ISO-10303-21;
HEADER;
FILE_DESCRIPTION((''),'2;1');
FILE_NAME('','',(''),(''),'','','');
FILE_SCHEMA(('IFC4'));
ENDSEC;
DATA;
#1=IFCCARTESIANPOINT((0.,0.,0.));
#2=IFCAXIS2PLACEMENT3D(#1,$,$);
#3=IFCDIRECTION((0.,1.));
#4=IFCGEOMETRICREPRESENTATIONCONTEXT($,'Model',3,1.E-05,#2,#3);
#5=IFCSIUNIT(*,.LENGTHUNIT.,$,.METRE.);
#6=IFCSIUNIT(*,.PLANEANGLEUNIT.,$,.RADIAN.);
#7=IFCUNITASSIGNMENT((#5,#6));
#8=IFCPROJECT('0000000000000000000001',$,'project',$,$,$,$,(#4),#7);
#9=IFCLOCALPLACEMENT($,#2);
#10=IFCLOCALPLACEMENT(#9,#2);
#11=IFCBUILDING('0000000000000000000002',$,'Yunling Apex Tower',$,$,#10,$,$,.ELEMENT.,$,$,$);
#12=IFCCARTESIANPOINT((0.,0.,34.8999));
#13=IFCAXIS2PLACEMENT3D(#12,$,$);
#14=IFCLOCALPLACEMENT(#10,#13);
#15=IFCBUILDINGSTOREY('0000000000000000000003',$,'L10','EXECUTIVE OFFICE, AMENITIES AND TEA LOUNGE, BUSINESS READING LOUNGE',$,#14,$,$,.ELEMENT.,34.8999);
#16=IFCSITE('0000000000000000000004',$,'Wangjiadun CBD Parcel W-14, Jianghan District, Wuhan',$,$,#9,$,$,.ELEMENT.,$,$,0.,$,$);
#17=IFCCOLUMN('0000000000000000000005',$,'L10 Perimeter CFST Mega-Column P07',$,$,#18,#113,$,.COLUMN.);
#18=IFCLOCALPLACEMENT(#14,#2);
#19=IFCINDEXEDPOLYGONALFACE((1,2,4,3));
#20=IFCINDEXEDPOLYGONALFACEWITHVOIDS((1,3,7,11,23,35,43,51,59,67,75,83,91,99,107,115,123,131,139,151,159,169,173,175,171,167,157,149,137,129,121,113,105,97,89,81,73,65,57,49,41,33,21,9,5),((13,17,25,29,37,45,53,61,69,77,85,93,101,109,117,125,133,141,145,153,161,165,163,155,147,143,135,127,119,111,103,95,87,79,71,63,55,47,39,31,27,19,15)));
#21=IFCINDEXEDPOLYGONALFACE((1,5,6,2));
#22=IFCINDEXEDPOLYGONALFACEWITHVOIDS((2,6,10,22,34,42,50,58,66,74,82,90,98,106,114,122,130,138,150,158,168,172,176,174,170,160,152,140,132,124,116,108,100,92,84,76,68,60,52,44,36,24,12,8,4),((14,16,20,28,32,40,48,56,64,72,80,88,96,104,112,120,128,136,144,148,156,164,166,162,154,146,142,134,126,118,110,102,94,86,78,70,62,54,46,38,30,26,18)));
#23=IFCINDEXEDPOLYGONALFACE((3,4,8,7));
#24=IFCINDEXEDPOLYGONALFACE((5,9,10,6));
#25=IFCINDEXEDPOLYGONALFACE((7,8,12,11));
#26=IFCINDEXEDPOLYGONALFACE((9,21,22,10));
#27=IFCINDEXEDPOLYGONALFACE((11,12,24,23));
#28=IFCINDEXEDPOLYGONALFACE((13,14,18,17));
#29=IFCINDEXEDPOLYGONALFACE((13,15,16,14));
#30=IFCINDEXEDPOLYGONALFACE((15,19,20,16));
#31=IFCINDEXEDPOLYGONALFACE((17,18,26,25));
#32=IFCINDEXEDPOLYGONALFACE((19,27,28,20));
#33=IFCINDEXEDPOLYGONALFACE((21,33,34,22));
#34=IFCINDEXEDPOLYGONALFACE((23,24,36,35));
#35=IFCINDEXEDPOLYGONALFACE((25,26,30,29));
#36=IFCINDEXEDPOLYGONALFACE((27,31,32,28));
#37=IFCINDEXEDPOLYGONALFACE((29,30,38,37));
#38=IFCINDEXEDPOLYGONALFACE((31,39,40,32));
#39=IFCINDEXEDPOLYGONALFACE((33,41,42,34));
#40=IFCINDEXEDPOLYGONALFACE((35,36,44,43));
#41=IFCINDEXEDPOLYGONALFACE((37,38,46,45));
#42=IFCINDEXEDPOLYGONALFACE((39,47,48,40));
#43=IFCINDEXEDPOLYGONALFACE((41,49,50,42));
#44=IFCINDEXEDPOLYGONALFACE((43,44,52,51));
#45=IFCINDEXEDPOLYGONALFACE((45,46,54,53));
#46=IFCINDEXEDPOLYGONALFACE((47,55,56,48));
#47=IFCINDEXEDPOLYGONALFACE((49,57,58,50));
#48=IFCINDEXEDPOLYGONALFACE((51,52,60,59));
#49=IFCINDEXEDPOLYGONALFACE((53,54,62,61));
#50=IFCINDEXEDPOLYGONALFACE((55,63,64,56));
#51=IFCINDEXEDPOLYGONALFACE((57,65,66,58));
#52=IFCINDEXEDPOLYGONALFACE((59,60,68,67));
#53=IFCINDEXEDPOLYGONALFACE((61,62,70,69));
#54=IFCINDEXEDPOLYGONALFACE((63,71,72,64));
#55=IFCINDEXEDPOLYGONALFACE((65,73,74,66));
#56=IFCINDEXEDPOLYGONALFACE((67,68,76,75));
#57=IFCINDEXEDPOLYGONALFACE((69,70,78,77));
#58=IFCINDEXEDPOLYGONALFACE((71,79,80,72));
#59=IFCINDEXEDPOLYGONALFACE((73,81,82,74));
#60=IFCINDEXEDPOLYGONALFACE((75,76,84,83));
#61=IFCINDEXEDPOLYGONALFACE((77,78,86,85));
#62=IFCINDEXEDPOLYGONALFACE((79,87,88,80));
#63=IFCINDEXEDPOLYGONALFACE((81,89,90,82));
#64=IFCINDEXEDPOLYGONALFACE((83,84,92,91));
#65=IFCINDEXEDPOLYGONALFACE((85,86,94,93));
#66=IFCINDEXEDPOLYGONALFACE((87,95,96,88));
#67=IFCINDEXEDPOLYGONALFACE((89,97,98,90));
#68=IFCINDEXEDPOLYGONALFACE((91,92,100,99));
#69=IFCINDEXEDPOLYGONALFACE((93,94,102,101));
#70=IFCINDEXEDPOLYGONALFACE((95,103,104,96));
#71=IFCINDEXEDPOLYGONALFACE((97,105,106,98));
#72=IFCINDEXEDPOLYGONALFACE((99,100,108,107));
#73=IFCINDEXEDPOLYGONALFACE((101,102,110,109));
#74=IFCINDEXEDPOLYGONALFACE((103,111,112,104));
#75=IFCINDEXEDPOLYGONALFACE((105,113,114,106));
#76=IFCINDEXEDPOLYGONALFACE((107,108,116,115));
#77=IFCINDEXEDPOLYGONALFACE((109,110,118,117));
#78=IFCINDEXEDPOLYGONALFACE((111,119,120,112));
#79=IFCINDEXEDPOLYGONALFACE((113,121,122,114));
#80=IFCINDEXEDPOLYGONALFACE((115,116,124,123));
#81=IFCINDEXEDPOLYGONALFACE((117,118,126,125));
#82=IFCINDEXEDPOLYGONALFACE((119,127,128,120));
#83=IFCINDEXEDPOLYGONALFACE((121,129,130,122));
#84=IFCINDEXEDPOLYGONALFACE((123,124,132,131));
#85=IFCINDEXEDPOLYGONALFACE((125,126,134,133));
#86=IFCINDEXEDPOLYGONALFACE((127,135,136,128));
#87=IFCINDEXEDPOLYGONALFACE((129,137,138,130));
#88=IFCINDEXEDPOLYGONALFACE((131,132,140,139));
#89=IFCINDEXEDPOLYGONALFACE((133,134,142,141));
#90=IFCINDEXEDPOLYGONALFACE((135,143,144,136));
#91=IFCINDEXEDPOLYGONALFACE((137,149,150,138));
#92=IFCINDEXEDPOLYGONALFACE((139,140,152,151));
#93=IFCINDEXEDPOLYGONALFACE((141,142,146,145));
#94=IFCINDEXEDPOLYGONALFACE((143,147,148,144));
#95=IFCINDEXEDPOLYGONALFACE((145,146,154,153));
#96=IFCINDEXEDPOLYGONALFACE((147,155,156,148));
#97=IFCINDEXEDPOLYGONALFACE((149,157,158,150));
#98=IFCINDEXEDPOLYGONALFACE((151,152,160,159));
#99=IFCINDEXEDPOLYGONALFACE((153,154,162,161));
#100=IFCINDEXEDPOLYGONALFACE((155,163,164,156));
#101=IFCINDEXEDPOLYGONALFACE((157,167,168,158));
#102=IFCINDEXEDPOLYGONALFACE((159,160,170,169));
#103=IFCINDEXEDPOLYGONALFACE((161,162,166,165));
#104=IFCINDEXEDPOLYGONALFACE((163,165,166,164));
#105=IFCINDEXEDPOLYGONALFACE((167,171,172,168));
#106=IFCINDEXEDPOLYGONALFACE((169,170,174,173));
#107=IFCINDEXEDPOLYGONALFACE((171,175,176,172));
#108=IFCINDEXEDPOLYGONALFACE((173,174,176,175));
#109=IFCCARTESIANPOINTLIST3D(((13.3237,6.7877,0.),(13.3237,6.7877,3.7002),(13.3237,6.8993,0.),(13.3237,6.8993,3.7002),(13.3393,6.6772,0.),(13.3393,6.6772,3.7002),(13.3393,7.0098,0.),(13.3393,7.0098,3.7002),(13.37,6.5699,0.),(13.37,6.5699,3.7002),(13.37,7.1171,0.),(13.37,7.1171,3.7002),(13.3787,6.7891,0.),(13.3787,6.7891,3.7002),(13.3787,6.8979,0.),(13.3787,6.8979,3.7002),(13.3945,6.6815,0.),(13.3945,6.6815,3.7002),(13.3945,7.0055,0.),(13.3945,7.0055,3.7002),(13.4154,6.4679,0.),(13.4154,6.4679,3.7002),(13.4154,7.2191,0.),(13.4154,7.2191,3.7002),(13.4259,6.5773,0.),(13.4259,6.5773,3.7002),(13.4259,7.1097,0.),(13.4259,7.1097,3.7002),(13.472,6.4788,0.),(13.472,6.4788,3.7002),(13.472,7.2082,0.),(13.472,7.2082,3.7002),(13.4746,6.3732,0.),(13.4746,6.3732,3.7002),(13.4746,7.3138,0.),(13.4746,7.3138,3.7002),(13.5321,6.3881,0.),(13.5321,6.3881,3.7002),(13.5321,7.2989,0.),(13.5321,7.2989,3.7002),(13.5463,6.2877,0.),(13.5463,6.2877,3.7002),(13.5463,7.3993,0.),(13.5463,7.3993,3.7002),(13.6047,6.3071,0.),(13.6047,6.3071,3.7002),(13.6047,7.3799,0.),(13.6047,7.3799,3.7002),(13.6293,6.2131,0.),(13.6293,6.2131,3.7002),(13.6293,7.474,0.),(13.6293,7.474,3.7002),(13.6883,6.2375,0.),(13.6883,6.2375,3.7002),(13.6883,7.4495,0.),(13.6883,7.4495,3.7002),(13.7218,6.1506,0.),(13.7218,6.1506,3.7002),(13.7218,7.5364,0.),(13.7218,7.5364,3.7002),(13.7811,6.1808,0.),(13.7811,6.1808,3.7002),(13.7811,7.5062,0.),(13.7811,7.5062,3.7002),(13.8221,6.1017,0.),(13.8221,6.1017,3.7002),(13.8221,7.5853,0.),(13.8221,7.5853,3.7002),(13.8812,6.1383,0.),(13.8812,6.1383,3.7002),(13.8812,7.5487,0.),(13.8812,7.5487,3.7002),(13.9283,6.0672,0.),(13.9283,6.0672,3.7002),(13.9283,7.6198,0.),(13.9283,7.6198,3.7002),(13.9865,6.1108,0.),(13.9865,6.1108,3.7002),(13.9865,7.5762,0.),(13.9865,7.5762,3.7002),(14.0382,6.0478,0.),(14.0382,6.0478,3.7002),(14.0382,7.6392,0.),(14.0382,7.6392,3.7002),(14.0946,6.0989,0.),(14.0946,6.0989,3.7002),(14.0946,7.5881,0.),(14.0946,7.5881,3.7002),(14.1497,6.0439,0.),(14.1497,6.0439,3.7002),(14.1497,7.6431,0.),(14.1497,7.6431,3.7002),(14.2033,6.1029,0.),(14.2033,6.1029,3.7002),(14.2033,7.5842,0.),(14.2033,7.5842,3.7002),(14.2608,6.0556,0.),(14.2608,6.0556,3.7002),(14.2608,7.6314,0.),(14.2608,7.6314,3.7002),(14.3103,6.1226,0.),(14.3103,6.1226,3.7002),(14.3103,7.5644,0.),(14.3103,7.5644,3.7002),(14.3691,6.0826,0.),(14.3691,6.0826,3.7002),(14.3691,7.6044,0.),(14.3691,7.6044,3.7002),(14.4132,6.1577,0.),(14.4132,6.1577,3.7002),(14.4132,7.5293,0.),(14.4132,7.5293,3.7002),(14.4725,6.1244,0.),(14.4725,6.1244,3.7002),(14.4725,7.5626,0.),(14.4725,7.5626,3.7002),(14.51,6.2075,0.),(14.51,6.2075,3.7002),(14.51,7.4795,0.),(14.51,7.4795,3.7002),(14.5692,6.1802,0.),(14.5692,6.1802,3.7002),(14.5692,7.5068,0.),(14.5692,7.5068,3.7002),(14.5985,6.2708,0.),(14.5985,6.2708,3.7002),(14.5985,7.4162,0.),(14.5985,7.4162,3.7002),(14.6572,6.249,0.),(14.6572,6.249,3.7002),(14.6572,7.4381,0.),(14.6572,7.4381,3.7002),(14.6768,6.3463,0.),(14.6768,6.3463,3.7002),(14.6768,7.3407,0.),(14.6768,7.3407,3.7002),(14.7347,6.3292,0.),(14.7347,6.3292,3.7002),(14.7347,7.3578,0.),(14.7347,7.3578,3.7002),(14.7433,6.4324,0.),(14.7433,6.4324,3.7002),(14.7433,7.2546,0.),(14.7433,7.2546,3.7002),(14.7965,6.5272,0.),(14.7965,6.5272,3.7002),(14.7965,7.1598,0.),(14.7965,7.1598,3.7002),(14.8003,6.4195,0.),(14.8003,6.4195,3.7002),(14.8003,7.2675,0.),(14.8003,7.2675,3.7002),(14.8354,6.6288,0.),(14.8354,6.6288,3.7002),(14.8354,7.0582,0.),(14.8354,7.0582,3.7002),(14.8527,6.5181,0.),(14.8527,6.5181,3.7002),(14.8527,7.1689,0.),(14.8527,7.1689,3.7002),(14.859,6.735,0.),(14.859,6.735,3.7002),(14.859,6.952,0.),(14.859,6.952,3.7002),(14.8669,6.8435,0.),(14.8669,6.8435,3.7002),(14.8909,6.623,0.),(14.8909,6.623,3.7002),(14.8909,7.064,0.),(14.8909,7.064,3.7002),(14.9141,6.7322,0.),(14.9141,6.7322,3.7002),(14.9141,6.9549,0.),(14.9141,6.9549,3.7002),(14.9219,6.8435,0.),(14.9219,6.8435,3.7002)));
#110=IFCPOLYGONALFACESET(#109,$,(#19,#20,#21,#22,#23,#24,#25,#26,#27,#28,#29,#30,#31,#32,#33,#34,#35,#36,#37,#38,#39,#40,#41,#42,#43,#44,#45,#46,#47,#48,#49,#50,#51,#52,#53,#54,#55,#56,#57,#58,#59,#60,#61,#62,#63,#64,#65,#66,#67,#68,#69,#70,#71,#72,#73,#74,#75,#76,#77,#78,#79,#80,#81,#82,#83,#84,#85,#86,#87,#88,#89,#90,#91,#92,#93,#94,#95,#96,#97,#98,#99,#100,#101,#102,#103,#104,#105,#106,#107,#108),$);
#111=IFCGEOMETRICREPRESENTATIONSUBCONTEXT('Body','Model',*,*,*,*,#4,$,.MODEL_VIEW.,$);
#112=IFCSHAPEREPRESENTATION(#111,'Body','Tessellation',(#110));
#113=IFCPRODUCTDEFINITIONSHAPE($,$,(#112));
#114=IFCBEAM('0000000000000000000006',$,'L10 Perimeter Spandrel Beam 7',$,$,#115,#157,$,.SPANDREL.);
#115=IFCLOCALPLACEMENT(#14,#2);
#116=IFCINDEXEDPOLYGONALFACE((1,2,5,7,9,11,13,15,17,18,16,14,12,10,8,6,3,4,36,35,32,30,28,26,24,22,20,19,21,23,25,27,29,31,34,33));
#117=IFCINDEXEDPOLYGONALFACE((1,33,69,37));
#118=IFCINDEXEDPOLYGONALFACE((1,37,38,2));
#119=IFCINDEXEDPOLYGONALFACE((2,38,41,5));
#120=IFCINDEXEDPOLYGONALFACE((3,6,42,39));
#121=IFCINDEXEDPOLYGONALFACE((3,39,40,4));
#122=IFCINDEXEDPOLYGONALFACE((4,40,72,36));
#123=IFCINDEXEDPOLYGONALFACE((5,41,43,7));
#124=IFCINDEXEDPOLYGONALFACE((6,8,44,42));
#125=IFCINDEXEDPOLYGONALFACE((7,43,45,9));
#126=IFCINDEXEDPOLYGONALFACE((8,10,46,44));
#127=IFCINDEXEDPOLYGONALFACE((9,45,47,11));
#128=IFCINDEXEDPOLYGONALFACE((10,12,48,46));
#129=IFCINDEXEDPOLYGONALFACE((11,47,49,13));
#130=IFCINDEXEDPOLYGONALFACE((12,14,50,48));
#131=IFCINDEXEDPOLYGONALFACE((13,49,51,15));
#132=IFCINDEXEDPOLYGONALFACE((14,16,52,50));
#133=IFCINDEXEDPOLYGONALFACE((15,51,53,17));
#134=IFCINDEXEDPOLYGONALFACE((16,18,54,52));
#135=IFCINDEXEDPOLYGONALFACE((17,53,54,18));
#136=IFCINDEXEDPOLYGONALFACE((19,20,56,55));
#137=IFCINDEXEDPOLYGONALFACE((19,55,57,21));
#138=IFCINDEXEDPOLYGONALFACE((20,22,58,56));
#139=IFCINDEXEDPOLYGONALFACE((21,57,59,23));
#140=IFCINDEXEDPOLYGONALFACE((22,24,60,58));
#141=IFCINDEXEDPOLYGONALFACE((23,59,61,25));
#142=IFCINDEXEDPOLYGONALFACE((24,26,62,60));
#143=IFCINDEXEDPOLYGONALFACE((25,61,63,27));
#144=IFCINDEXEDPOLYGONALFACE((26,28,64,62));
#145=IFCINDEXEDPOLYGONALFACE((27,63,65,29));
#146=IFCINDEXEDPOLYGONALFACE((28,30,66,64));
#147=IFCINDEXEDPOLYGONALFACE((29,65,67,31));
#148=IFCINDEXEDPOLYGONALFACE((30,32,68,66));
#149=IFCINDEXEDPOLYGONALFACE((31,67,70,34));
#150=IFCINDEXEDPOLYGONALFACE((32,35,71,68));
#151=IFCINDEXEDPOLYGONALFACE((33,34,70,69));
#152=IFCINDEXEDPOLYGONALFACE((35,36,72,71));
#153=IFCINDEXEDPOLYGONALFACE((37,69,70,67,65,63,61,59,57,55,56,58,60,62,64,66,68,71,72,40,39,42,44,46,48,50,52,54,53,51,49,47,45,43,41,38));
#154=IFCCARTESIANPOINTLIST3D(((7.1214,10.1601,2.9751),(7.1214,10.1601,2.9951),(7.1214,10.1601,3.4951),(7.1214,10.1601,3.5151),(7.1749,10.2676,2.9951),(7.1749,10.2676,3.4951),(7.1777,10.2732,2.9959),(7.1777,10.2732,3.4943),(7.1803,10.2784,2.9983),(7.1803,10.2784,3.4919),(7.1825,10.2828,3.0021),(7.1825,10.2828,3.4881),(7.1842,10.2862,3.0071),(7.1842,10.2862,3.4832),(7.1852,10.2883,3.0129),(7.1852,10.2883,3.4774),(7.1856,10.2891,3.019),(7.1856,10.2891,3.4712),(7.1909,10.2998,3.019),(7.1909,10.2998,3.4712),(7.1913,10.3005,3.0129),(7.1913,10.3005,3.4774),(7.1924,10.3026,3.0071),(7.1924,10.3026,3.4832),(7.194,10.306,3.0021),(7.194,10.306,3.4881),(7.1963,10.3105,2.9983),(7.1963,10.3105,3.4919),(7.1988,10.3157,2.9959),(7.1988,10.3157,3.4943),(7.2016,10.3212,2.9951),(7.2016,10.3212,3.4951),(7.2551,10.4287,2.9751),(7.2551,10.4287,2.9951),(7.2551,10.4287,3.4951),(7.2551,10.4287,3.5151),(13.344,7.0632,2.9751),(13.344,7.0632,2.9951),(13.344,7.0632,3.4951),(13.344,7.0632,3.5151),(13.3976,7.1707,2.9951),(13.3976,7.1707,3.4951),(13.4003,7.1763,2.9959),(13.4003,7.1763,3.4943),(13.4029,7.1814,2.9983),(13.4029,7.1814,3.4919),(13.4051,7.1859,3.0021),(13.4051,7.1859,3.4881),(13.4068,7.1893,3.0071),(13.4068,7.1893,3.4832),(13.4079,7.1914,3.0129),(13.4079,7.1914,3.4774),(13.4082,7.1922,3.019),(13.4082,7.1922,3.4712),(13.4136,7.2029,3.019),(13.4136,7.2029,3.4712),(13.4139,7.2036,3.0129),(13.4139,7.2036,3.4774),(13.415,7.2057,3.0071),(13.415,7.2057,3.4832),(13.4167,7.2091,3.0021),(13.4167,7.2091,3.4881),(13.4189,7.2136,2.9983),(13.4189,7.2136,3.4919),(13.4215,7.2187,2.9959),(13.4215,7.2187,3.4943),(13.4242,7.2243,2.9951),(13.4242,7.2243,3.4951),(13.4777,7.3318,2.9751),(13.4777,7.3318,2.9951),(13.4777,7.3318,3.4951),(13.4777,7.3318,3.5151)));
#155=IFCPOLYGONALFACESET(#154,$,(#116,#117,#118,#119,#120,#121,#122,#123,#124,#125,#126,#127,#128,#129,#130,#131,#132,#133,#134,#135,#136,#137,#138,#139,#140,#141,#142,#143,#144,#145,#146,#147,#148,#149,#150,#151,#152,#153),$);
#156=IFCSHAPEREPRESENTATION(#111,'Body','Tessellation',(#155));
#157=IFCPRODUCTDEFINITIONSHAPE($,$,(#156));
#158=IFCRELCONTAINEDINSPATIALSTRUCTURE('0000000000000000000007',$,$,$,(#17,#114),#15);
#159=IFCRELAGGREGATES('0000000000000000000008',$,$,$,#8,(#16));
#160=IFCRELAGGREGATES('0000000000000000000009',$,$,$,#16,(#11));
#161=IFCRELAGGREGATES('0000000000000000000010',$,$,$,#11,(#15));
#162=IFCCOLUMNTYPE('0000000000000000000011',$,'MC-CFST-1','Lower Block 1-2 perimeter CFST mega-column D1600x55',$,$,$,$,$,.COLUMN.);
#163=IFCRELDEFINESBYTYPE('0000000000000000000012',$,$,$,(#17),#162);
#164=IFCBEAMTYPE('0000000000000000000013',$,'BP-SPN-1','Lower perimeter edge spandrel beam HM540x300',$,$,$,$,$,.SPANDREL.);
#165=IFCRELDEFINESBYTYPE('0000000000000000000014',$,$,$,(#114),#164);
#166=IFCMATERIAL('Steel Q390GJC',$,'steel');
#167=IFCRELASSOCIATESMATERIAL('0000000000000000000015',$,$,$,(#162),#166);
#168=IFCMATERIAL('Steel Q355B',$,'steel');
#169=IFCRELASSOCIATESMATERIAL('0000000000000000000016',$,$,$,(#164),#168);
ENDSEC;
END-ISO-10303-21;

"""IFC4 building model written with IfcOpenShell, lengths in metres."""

from ifc_helpers import new_model, si_unit, direction, frame, origin, origin_2d, place, context, subcontext, project, spatial, hollow_circle, i_section, extrude, source, transform, mapped, material, material_profile, profile_set, type_object, element, save


model = new_model("IFC4")

# Units and contexts
model_context = context("Model", 3, precision=1e-05, world=origin(), true_north=direction((0.0, 1.0)))
body_context = subcontext(model_context, "Body", "Model", "MODEL_VIEW")
ifc_project = project(units=[si_unit("LENGTHUNIT", "METRE"), si_unit("PLANEANGLEUNIT", "RADIAN")], contexts=[model_context])

# Site, building, storey
site_placement = place(None, origin())
site = spatial("IfcSite", under=ifc_project, at=site_placement, Name="Wangjiadun CBD Parcel W-14, Jianghan District, Wuhan", CompositionType="ELEMENT", RefElevation=0.0)
building_placement = place(site_placement, origin())
building = spatial("IfcBuilding", under=site, at=building_placement, Name="Yunling Apex Tower", CompositionType="ELEMENT")
storey_placement = place(building_placement, frame((0.0, 0.0, 34.8999)))
storey = spatial("IfcBuildingStorey", under=building, at=storey_placement, Name="L10", Description="EXECUTIVE OFFICE, AMENITIES AND TEA LOUNGE, BUSINESS READING LOUNGE", CompositionType="ELEMENT", Elevation=34.8999)

# Column
ifc_material_1 = material(Name="Steel Q390GJC", Category="steel")
ifc_material_profile_1 = material_profile(ifc_material_1, hollow_circle(Radius=0.8, WallThickness=0.0549, at=origin_2d()))
ifc_profile_set_1 = profile_set([ifc_material_profile_1], Name="Steel Q390GJC")
column_type = type_object("IfcColumnType", Name="MC-CFST-1", Description="Lower Block 1-2 perimeter CFST mega-column D1600x55", PredefinedType="COLUMN", material=ifc_profile_set_1)
shared_shape_1 = source(origin(), body_context, "Body", "SweptSolid", [
    extrude(hollow_circle(Radius=0.8, WallThickness=0.0549, at=origin_2d()), origin(), (0.0, 0.0, 1.0), 3.7002),
])
column_placement = place(storey_placement, frame((14.1218, 6.8435, 0.0), z_axis=(0.0, 0.0, 1.0), x_axis=(1.0, 0.0, 0.0)))
element("IfcColumn", 1, at=column_placement, inside=storey, type_object=column_type, Name="L10 Perimeter CFST Mega-Column P07", PredefinedType="COLUMN", context=body_context, shape_type="MappedRepresentation", body=[
    mapped(shared_shape_1, transform((0.0, 0.0, 0.0), scale=1.0)),
])

# Beam
ifc_material_2 = material(Name="Steel Q355B", Category="steel")
ifc_material_profile_2 = material_profile(ifc_material_2, i_section(OverallWidth=0.3, OverallDepth=0.54, WebThickness=0.012, FlangeThickness=0.02, FilletRadius=0.0239, at=origin_2d()))
ifc_profile_set_2 = profile_set([ifc_material_profile_2], Name="Steel Q355B")
beam_type_1 = type_object("IfcBeamType", Name="BP-SPN-1", Description="Lower perimeter edge spandrel beam HM540x300", PredefinedType="SPANDREL", material=ifc_profile_set_2)
shared_shape_2 = source(origin(), body_context, "Body", "SweptSolid", [
    extrude(i_section(OverallWidth=0.3, OverallDepth=0.54, WebThickness=0.012, FlangeThickness=0.02, FilletRadius=0.0239, at=origin_2d()), origin(), (0.0, 0.0, 1.0), 6.9507),
])
beam_1_placement = place(storey_placement, frame((13.4109, 7.1975, 3.2451), z_axis=(-0.895255, 0.445555, 0.0), x_axis=(-0.445555, -0.895255, 0.0)))
element("IfcBeam", 2, at=beam_1_placement, inside=storey, type_object=beam_type_1, Name="L10 Perimeter Spandrel Beam 7", PredefinedType="SPANDREL", context=body_context, shape_type="MappedRepresentation", body=[
    mapped(shared_shape_2, transform((0.0, 0.0, 0.0), scale=1.0)),
])

save(model, "model.ifc")
